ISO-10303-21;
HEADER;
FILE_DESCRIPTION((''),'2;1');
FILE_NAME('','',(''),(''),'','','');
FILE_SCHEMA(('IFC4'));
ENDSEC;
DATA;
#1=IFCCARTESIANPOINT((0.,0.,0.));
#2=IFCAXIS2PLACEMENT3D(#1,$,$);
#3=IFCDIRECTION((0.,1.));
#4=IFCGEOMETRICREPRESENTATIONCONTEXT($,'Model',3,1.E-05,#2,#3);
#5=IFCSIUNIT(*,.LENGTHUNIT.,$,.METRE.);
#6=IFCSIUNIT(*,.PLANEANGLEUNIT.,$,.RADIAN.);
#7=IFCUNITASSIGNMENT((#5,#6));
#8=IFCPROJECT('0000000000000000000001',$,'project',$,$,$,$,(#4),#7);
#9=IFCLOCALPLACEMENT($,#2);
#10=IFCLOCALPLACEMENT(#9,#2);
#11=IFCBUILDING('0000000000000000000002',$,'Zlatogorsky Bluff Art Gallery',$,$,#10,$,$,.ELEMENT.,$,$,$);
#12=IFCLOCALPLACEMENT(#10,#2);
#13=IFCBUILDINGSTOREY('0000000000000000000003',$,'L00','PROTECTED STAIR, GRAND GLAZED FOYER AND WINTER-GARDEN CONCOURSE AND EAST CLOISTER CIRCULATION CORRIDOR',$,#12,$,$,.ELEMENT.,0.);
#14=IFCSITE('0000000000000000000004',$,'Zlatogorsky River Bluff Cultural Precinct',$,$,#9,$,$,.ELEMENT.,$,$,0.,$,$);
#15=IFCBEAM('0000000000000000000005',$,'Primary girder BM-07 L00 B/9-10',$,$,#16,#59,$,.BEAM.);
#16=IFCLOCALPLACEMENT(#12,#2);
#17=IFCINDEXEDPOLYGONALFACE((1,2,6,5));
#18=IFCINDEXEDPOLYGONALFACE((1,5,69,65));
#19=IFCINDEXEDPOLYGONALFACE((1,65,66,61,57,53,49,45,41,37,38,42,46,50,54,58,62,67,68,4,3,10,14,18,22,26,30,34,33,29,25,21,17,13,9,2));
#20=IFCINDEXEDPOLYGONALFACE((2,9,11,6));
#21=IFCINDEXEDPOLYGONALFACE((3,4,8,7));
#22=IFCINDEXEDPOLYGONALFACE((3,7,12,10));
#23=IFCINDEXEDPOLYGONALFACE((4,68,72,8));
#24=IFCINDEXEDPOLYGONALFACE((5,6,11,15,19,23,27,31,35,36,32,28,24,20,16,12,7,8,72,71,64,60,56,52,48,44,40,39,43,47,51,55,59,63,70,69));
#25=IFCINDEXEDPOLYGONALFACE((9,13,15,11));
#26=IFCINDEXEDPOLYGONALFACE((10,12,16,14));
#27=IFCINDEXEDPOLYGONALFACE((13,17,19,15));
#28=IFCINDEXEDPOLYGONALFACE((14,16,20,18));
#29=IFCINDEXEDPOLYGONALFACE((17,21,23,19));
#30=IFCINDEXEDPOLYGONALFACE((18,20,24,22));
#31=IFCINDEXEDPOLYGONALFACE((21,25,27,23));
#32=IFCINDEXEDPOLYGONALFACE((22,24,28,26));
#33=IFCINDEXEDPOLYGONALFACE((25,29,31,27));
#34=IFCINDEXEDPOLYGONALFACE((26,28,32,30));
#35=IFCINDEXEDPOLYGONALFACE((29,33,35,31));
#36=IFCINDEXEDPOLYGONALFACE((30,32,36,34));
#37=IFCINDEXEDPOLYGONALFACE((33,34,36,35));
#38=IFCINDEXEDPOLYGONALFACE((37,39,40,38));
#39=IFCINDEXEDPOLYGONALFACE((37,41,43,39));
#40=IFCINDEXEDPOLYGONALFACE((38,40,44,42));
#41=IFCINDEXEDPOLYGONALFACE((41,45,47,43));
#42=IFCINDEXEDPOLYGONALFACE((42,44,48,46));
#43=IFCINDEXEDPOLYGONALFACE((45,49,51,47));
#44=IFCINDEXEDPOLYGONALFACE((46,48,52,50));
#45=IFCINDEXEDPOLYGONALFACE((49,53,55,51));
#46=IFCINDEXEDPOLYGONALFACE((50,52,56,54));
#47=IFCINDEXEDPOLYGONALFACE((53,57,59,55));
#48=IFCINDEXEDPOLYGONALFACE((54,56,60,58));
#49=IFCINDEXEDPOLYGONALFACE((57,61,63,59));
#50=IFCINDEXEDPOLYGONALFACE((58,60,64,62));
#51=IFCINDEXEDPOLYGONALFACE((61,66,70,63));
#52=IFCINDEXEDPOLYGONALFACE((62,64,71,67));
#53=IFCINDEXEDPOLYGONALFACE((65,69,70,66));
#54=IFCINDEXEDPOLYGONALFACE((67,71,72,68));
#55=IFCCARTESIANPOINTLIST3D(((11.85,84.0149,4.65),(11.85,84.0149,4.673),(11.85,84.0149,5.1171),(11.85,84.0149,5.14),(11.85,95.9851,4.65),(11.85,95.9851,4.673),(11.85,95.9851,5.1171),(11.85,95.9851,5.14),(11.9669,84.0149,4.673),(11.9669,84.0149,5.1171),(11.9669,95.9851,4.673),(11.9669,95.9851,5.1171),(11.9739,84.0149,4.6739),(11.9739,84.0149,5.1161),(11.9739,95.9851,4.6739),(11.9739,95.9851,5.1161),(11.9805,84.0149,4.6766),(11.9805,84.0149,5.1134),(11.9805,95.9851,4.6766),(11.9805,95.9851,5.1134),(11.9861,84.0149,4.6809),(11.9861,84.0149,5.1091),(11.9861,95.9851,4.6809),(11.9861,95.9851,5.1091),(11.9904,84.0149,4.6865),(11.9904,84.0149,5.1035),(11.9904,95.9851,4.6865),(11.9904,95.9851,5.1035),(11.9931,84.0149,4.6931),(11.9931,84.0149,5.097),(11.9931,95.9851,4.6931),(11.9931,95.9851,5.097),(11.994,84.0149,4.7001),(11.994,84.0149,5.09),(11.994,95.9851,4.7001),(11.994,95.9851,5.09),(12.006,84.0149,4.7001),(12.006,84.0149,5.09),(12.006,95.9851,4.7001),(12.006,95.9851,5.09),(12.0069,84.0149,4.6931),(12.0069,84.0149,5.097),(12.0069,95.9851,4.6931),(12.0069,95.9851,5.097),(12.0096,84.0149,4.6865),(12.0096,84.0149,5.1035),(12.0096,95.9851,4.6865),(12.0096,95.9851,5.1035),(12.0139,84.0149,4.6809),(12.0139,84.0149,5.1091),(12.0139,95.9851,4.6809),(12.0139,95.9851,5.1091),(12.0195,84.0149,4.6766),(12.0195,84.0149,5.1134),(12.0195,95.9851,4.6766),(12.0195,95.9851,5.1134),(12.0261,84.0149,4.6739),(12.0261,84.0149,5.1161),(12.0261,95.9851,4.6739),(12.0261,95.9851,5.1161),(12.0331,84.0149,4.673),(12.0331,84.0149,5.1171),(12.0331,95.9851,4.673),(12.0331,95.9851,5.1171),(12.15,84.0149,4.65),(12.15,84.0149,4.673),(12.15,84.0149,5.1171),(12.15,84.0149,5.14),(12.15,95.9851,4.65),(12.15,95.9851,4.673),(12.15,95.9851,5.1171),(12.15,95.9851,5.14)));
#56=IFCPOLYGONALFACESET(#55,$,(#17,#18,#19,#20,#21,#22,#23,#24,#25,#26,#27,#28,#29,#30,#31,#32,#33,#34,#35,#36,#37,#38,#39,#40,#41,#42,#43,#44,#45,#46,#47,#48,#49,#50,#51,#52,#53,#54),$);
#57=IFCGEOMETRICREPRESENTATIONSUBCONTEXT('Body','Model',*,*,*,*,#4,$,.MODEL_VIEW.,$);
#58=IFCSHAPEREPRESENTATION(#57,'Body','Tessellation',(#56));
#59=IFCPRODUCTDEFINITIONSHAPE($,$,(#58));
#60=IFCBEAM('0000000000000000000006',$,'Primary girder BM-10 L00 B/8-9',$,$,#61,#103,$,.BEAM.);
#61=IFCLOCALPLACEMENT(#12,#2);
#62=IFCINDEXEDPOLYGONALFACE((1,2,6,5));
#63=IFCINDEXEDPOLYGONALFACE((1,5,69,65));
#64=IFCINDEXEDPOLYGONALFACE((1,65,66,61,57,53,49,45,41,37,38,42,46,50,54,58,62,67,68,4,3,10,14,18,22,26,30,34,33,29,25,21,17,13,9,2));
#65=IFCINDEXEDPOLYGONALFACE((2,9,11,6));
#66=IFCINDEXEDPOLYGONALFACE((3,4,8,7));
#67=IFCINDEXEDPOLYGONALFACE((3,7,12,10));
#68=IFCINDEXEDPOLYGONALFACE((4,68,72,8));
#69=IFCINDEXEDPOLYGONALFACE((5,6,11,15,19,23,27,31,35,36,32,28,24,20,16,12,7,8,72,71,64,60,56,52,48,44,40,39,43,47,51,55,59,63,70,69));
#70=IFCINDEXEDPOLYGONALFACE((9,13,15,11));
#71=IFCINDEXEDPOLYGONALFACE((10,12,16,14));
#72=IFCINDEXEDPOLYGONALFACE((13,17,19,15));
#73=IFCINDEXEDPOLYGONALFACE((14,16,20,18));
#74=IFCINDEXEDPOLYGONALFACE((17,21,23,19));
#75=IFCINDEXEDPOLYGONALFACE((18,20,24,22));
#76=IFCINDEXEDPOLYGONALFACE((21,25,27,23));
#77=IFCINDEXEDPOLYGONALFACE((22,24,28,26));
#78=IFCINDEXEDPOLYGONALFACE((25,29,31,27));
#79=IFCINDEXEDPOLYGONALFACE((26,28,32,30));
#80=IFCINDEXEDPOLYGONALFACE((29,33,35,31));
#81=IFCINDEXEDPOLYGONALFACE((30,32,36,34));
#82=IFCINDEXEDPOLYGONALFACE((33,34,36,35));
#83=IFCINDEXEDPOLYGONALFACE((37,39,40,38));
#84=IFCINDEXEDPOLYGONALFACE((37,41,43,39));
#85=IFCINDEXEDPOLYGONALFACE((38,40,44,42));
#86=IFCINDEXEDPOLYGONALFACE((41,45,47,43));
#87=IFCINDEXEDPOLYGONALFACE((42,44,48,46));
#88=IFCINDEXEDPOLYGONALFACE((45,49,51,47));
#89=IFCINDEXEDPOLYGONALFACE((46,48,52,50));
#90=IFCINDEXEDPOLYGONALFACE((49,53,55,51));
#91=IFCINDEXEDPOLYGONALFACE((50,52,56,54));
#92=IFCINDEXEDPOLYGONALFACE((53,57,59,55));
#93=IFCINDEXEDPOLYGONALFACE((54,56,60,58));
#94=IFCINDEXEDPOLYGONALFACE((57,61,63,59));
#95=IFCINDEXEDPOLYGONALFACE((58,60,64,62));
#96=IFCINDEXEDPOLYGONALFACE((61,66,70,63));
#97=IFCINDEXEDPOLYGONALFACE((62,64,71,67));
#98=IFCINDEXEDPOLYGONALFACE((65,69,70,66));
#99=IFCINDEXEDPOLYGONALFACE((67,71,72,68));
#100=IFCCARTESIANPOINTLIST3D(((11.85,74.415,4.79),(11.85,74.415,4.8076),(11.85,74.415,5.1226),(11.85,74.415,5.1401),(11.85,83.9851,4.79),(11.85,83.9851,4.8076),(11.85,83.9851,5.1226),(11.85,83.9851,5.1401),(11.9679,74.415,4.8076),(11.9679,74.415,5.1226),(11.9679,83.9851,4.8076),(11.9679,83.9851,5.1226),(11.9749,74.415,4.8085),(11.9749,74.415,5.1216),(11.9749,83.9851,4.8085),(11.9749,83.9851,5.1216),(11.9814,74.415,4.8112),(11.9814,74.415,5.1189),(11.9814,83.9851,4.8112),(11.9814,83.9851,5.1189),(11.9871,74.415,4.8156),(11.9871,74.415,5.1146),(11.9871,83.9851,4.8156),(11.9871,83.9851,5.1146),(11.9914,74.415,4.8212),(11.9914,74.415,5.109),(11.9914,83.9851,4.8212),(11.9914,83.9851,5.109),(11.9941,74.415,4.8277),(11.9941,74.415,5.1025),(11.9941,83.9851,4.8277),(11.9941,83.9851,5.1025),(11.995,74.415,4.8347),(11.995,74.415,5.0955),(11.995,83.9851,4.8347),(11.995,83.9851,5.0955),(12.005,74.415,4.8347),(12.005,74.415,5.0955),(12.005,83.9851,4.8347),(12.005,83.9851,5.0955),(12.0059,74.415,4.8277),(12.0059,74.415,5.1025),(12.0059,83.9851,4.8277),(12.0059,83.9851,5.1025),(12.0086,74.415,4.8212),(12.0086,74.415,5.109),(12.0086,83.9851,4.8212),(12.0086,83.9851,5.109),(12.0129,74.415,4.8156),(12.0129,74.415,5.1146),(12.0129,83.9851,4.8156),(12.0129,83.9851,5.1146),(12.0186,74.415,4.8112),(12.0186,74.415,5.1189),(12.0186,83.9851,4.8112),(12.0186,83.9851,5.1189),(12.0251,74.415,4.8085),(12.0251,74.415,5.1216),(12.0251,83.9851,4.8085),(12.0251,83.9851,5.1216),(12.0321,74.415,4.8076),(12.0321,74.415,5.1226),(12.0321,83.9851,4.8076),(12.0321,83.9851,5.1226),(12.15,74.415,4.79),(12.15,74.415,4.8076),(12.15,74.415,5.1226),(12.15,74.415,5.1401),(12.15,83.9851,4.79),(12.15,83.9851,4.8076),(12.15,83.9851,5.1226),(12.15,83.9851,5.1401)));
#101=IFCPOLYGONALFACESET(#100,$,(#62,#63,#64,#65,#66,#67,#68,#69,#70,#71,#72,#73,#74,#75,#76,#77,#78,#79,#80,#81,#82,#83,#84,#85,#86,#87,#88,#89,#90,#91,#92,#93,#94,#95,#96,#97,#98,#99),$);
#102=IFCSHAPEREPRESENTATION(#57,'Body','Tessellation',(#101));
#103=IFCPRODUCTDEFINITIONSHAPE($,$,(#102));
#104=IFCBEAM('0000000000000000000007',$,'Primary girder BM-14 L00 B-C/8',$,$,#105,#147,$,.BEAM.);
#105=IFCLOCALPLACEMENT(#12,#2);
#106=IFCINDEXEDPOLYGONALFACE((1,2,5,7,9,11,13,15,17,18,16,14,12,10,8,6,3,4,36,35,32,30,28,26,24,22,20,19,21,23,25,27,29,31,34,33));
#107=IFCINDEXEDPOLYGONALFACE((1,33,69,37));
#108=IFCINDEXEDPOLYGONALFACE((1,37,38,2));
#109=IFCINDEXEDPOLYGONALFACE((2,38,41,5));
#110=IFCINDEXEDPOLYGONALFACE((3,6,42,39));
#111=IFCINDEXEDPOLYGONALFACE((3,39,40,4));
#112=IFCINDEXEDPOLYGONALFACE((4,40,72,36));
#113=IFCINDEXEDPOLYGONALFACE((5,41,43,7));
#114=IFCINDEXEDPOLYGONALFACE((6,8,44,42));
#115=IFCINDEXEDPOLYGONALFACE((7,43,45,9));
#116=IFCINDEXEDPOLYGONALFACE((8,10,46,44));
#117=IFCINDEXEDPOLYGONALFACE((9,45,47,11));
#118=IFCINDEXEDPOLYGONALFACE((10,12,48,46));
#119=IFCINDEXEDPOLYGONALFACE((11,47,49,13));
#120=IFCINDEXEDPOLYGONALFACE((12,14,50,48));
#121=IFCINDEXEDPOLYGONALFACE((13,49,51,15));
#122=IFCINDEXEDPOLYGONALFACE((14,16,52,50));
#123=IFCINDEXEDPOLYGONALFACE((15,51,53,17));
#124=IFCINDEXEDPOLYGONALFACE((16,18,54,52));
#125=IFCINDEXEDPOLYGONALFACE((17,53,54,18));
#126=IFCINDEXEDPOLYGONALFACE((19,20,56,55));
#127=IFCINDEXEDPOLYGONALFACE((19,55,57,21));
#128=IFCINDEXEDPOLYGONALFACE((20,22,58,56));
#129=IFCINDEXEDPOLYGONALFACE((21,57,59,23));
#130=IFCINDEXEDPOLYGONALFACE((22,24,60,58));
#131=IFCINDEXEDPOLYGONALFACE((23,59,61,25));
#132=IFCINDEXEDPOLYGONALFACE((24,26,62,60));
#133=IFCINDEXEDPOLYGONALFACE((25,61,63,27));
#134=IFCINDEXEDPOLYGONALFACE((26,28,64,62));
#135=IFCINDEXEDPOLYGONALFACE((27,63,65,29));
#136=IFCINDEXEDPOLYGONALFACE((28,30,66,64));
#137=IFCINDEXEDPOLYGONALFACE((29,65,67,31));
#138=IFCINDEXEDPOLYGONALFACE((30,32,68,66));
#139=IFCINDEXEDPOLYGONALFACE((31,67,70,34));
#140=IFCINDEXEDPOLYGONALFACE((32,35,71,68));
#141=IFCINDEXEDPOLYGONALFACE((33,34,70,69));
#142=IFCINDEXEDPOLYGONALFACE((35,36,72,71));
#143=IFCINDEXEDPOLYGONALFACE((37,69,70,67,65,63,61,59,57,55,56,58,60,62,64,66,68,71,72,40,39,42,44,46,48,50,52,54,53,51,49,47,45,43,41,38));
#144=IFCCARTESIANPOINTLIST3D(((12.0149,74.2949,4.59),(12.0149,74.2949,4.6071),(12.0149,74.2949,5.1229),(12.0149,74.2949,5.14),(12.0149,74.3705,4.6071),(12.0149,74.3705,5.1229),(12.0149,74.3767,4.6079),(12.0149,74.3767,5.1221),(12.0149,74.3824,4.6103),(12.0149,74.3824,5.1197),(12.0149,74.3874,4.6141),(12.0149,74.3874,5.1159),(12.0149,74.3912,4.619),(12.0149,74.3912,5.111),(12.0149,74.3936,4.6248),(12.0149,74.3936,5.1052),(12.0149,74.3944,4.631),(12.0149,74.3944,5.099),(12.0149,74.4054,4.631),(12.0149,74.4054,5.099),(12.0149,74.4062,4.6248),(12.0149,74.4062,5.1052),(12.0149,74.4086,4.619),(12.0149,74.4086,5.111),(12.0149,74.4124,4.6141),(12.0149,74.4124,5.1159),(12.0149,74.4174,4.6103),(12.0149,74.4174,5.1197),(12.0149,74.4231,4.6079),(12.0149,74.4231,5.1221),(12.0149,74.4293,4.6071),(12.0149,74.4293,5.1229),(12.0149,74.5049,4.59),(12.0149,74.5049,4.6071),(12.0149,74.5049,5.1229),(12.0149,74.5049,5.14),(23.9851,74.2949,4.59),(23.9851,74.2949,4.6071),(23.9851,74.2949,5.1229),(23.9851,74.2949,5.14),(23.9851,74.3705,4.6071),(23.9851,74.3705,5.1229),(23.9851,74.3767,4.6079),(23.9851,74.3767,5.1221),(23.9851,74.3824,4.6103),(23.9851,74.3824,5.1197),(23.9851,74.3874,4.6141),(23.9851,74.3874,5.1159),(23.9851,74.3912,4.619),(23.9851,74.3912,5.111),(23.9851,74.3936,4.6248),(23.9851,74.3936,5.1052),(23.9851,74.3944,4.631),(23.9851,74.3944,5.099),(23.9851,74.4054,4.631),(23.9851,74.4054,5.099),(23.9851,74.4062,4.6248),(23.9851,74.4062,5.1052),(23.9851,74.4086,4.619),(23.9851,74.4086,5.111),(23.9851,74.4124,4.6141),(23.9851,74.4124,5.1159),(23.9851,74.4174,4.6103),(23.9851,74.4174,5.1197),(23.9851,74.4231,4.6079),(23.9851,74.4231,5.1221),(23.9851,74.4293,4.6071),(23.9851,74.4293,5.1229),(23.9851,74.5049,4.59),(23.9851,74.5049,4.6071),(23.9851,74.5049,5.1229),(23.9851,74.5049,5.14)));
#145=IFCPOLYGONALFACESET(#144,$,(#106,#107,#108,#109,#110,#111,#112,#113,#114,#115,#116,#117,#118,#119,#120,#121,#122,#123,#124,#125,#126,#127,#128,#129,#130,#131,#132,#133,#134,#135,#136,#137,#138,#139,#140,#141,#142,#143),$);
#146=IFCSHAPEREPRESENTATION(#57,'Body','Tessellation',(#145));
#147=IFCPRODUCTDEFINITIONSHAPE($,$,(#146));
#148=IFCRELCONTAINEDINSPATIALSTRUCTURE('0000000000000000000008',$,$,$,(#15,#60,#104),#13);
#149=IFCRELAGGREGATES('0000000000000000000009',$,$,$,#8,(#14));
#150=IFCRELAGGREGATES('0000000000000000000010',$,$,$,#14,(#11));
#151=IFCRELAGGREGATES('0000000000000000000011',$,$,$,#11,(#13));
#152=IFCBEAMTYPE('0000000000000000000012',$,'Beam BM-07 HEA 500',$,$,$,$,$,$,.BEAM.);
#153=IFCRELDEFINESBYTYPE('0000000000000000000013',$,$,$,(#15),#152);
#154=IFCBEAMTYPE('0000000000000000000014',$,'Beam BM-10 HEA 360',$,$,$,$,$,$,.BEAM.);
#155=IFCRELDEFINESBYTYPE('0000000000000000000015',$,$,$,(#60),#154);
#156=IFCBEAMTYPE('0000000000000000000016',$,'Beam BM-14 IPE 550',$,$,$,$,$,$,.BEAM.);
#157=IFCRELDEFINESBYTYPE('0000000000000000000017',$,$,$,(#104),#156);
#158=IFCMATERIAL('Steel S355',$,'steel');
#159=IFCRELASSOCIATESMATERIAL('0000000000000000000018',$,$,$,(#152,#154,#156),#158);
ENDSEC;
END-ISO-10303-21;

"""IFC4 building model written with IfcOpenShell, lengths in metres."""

from ifc_helpers import new_model, si_unit, direction, frame, origin, origin_2d, place, context, subcontext, project, spatial, i_section, extrude, material, material_profile, profile_set, type_object, element, save


model = new_model("IFC4")

# Units and contexts
model_context = context("Model", 3, precision=1e-05, world=origin(), true_north=direction((0.0, 1.0)))
body_context = subcontext(model_context, "Body", "Model", "MODEL_VIEW")
ifc_project = project(units=[si_unit("LENGTHUNIT", "METRE"), si_unit("PLANEANGLEUNIT", "RADIAN")], contexts=[model_context])

# Site, building, storey
site_placement = place(None, origin())
site = spatial("IfcSite", under=ifc_project, at=site_placement, Name="Zlatogorsky River Bluff Cultural Precinct", CompositionType="ELEMENT", RefElevation=0.0)
building_placement = place(site_placement, origin())
building = spatial("IfcBuilding", under=site, at=building_placement, Name="Zlatogorsky Bluff Art Gallery", CompositionType="ELEMENT")
storey_placement = place(building_placement, origin())
storey = spatial("IfcBuildingStorey", under=building, at=storey_placement, Name="L00", Description="PROTECTED STAIR, GRAND GLAZED FOYER AND WINTER-GARDEN CONCOURSE AND EAST CLOISTER CIRCULATION CORRIDOR", CompositionType="ELEMENT", Elevation=0.0)

# Shared definitions
ifc_material_1 = material(Name="Steel S355", Category="steel")

# Beams
ifc_material_profile_1 = material_profile(ifc_material_1, i_section(OverallWidth=0.3, OverallDepth=0.49, WebThickness=0.012, FlangeThickness=0.0229, FilletRadius=0.0271, at=origin_2d()), Name="HEA 500")
ifc_profile_set_1 = profile_set([ifc_material_profile_1], Name="Steel S355")
beam_type_1 = type_object("IfcBeamType", Name="Beam BM-07 HEA 500", PredefinedType="BEAM", material=ifc_profile_set_1)
beam_1_placement = place(storey_placement, frame((12.0, 84.0149, 4.895), z_axis=(0.0, 1.0, 0.0), x_axis=(-1.0, 0.0, 0.0)))
element("IfcBeam", 1, at=beam_1_placement, inside=storey, type_object=beam_type_1, Name="Primary girder BM-07 L00 B/9-10", PredefinedType="BEAM", context=body_context, shape_type="SweptSolid", body=[
    extrude(i_section(OverallWidth=0.3, OverallDepth=0.49, WebThickness=0.012, FlangeThickness=0.0229, FilletRadius=0.0271, at=origin_2d()), origin(), (0.0, 0.0, 1.0), 11.9702),
])
ifc_material_profile_2 = material_profile(ifc_material_1, i_section(OverallWidth=0.3, OverallDepth=0.3501, WebThickness=0.01, FlangeThickness=0.0176, FilletRadius=0.0271, at=origin_2d()), Name="HEA 360")
ifc_profile_set_2 = profile_set([ifc_material_profile_2], Name="Steel S355")
beam_type_2 = type_object("IfcBeamType", Name="Beam BM-10 HEA 360", PredefinedType="BEAM", material=ifc_profile_set_2)
beam_2_placement = place(storey_placement, frame((12.0, 74.415, 4.9651), z_axis=(0.0, 1.0, 0.0), x_axis=(-1.0, 0.0, 0.0)))
element("IfcBeam", 2, at=beam_2_placement, inside=storey, type_object=beam_type_2, Name="Primary girder BM-10 L00 B/8-9", PredefinedType="BEAM", context=body_context, shape_type="SweptSolid", body=[
    extrude(i_section(OverallWidth=0.3, OverallDepth=0.3501, WebThickness=0.01, FlangeThickness=0.0176, FilletRadius=0.0271, at=origin_2d()), origin(), (0.0, 0.0, 1.0), 9.5701),
])
ifc_material_profile_3 = material_profile(ifc_material_1, i_section(OverallWidth=0.21, OverallDepth=0.55, WebThickness=0.011, FlangeThickness=0.0171, FilletRadius=0.0239, at=origin_2d()), Name="IPE 550")
ifc_profile_set_3 = profile_set([ifc_material_profile_3], Name="Steel S355")
beam_type_3 = type_object("IfcBeamType", Name="Beam BM-14 IPE 550", PredefinedType="BEAM", material=ifc_profile_set_3)
beam_3_placement = place(storey_placement, frame((12.0149, 74.3999, 4.865), z_axis=(1.0, 0.0, 0.0), x_axis=(0.0, 1.0, 0.0)))
element("IfcBeam", 3, at=beam_3_placement, inside=storey, type_object=beam_type_3, Name="Primary girder BM-14 L00 B-C/8", PredefinedType="BEAM", context=body_context, shape_type="SweptSolid", body=[
    extrude(i_section(OverallWidth=0.21, OverallDepth=0.55, WebThickness=0.011, FlangeThickness=0.0171, FilletRadius=0.0239, at=origin_2d()), origin(), (0.0, 0.0, 1.0), 11.9702),
])

save(model, "model.ifc")
